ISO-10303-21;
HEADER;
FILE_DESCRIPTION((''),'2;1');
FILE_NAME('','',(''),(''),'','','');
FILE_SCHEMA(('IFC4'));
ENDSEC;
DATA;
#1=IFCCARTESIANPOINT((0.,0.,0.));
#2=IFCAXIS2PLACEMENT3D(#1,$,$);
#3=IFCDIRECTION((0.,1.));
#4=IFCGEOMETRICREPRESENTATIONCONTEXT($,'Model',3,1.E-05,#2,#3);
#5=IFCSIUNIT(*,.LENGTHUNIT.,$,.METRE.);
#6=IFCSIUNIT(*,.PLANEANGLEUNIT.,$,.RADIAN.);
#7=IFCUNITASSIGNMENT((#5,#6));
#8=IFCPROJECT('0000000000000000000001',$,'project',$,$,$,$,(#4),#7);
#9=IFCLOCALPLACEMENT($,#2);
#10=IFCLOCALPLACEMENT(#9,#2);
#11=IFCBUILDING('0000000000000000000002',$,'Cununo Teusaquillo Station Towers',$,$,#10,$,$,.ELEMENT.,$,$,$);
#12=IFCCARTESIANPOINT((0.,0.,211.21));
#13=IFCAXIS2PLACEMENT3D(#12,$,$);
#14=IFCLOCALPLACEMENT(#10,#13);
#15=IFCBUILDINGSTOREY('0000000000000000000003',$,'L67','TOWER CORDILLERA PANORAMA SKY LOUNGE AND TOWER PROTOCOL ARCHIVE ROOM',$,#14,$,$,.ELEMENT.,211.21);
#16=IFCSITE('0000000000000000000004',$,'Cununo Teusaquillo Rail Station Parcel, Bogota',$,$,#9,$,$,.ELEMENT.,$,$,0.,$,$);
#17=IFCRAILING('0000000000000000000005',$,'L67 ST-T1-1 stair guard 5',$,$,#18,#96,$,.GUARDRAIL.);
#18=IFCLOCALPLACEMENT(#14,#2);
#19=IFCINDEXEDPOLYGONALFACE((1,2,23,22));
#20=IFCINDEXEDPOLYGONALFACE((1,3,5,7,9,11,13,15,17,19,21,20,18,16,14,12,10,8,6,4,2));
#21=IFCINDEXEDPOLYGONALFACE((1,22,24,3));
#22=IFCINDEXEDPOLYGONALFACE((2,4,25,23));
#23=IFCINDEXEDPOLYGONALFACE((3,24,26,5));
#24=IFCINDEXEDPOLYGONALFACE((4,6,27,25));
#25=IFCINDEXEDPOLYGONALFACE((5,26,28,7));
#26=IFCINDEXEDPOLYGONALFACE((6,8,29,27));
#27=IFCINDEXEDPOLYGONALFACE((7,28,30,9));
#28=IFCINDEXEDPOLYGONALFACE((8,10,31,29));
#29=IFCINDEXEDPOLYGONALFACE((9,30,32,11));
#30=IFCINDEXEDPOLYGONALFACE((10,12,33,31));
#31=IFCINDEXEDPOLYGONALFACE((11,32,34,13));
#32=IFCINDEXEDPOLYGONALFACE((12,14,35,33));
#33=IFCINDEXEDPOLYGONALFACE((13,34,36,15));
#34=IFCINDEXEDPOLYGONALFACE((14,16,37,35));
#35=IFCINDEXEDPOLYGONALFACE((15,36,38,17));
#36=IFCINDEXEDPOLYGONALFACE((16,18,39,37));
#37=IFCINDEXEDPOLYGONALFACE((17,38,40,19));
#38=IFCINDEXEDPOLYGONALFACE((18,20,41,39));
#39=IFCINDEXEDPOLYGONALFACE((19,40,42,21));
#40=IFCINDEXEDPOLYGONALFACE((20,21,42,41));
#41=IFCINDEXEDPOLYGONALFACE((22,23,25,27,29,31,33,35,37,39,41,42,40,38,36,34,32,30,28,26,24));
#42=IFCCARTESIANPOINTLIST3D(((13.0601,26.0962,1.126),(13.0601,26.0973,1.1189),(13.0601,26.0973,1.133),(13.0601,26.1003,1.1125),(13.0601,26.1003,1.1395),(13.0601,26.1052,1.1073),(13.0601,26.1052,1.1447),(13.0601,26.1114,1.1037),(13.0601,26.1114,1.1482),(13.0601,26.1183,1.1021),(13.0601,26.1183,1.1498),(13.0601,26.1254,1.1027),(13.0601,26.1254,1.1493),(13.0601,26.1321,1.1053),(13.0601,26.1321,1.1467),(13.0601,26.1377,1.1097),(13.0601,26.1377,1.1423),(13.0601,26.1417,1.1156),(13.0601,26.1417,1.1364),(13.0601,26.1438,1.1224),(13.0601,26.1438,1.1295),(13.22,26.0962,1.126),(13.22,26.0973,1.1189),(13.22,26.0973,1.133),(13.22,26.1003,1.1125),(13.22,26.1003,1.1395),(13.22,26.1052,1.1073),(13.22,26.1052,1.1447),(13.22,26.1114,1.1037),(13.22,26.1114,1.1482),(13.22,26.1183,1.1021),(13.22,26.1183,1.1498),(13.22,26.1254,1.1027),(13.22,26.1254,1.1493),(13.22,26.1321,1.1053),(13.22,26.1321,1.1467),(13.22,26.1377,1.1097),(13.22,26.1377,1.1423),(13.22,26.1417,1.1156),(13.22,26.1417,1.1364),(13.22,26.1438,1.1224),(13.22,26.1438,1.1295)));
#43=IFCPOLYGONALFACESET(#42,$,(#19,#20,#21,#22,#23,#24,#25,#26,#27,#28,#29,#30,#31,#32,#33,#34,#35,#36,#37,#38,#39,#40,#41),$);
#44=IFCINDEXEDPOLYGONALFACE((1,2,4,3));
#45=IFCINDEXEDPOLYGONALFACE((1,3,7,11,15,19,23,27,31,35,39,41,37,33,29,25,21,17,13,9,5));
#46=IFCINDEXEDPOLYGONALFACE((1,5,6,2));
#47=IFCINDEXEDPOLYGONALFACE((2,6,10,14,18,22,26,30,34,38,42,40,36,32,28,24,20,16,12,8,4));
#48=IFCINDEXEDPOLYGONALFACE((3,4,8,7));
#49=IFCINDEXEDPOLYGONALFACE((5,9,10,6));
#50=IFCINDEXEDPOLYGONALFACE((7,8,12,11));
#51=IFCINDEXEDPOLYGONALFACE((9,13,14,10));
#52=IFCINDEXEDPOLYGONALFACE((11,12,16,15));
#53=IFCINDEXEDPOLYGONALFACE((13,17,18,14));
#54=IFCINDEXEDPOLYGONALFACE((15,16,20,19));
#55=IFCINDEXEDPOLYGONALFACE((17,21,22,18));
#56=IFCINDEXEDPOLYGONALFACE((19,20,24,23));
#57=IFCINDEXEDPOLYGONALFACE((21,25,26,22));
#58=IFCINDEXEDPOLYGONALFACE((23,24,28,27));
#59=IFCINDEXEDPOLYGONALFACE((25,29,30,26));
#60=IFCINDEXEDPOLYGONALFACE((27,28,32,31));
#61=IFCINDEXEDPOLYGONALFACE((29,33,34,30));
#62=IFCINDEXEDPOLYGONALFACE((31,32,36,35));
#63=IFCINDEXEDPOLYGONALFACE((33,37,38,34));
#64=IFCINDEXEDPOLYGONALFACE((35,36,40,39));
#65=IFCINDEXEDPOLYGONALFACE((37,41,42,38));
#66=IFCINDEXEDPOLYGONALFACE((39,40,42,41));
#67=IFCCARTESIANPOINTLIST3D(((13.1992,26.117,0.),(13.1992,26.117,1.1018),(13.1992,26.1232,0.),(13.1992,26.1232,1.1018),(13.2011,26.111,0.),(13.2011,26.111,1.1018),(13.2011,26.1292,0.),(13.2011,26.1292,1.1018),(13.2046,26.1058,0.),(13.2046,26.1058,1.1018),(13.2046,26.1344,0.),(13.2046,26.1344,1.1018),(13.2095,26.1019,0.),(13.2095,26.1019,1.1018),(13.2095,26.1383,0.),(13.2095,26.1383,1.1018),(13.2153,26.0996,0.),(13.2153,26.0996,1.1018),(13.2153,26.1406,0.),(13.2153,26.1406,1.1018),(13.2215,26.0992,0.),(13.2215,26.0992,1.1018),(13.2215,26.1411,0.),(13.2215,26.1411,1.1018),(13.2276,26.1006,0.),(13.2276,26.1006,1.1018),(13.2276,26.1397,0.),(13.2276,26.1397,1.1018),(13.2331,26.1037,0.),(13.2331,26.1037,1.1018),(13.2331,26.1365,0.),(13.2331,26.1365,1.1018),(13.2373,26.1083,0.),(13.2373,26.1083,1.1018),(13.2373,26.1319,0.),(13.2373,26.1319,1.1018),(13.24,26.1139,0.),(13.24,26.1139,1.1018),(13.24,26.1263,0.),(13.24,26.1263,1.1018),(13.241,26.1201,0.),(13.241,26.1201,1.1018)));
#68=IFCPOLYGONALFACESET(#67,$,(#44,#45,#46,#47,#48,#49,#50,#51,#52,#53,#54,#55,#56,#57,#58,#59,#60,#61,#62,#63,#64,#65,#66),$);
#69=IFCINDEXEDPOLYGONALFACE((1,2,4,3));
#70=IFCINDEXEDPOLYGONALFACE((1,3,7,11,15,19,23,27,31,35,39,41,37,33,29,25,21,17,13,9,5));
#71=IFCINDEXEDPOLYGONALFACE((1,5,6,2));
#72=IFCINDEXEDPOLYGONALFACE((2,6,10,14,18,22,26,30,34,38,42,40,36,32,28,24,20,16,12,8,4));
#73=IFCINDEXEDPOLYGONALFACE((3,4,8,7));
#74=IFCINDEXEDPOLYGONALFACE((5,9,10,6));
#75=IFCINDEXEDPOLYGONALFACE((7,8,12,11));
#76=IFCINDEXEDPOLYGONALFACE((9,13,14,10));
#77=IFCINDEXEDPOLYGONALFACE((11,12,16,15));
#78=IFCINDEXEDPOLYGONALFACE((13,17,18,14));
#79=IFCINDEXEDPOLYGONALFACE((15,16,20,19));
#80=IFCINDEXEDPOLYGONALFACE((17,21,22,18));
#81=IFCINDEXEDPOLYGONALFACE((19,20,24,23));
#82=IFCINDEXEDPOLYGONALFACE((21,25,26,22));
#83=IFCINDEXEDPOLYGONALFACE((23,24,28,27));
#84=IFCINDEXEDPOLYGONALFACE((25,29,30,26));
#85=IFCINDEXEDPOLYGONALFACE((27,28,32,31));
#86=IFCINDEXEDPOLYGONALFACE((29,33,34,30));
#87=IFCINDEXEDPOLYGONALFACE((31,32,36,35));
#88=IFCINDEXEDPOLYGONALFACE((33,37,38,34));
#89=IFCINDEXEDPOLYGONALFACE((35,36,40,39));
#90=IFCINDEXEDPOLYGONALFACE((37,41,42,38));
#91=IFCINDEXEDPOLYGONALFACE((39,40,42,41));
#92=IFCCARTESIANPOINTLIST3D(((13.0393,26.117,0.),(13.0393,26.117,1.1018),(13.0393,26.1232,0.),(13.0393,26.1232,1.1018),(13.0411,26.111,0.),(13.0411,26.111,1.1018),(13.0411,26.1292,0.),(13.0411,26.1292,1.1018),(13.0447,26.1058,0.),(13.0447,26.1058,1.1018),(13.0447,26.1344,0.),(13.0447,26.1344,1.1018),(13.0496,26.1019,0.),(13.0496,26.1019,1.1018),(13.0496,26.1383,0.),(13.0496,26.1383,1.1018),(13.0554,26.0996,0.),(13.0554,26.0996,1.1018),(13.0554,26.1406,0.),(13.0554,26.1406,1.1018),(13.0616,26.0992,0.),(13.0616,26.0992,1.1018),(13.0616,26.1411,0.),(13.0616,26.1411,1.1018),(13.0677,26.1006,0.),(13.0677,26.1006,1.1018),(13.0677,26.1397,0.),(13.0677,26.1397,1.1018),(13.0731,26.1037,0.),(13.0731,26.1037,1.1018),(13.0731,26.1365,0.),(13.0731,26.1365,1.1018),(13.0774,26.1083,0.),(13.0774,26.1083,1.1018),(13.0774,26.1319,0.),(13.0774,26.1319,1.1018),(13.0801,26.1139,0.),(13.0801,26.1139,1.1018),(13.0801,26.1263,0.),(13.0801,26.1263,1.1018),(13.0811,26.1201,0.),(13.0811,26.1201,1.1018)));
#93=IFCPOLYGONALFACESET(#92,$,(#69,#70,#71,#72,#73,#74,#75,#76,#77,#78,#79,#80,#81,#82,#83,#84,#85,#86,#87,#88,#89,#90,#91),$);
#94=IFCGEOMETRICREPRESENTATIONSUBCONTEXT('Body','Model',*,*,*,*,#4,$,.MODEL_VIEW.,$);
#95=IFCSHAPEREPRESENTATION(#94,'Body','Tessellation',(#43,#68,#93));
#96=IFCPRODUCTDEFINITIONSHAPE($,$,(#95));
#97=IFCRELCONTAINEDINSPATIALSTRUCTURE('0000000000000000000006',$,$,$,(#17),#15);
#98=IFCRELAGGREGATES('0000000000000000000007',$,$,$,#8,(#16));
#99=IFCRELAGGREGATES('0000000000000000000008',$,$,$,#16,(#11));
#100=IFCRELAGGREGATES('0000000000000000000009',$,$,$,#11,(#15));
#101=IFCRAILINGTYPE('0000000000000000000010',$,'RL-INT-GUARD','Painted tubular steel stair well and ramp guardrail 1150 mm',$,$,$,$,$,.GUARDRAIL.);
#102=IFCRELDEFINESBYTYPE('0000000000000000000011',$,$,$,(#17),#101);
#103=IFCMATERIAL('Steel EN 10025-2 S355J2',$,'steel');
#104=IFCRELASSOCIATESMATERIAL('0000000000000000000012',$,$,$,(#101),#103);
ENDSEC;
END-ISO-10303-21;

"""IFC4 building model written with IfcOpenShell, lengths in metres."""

from ifc_helpers import new_model, si_unit, direction, frame, origin, origin_2d, place, context, subcontext, project, spatial, circle, extrude, material, type_object, element, save


model = new_model("IFC4")

# Units and contexts
model_context = context("Model", 3, precision=1e-05, world=origin(), true_north=direction((0.0, 1.0)))
body_context = subcontext(model_context, "Body", "Model", "MODEL_VIEW")
ifc_project = project(units=[si_unit("LENGTHUNIT", "METRE"), si_unit("PLANEANGLEUNIT", "RADIAN")], contexts=[model_context])

# Site, building, storey
site_placement = place(None, origin())
site = spatial("IfcSite", under=ifc_project, at=site_placement, Name="Cununo Teusaquillo Rail Station Parcel, Bogota", CompositionType="ELEMENT", RefElevation=0.0)
building_placement = place(site_placement, origin())
building = spatial("IfcBuilding", under=site, at=building_placement, Name="Cununo Teusaquillo Station Towers", CompositionType="ELEMENT")
storey_placement = place(building_placement, frame((0.0, 0.0, 211.21)))
storey = spatial("IfcBuildingStorey", under=building, at=storey_placement, Name="L67", Description="TOWER CORDILLERA PANORAMA SKY LOUNGE AND TOWER PROTOCOL ARCHIVE ROOM", CompositionType="ELEMENT", Elevation=211.21)

# Railing
ifc_material_1 = material(Name="Steel EN 10025-2 S355J2", Category="steel")
railing_type_1 = type_object("IfcRailingType", Name="RL-INT-GUARD", Description="Painted tubular steel stair well and ramp guardrail 1150 mm", PredefinedType="GUARDRAIL", material=ifc_material_1)
railing_1_placement = place(storey_placement, frame((13.22, 26.1201, 0.0)))
element("IfcRailing", 1, at=railing_1_placement, inside=storey, type_object=railing_type_1, Name="L67 ST-T1-1 stair guard 5", PredefinedType="GUARDRAIL", context=body_context, shape_type="SweptSolid", body=[
    extrude(circle(Radius=0.0239, at=origin_2d()), frame((0.0, 0.0, 1.126), z_axis=(-1.0, 0.0, 0.0), x_axis=(0.0, -1.0, 0.0)), (0.0, 0.0, 1.0), 0.1599),
    extrude(circle(Radius=0.021, at=origin_2d()), origin(), (0.0, 0.0, 1.0), 1.1018),
    extrude(circle(Radius=0.021, at=origin_2d()), frame((-0.1599, 0.0, 0.0)), (0.0, 0.0, 1.0), 1.1018),
])

save(model, "model.ifc")
